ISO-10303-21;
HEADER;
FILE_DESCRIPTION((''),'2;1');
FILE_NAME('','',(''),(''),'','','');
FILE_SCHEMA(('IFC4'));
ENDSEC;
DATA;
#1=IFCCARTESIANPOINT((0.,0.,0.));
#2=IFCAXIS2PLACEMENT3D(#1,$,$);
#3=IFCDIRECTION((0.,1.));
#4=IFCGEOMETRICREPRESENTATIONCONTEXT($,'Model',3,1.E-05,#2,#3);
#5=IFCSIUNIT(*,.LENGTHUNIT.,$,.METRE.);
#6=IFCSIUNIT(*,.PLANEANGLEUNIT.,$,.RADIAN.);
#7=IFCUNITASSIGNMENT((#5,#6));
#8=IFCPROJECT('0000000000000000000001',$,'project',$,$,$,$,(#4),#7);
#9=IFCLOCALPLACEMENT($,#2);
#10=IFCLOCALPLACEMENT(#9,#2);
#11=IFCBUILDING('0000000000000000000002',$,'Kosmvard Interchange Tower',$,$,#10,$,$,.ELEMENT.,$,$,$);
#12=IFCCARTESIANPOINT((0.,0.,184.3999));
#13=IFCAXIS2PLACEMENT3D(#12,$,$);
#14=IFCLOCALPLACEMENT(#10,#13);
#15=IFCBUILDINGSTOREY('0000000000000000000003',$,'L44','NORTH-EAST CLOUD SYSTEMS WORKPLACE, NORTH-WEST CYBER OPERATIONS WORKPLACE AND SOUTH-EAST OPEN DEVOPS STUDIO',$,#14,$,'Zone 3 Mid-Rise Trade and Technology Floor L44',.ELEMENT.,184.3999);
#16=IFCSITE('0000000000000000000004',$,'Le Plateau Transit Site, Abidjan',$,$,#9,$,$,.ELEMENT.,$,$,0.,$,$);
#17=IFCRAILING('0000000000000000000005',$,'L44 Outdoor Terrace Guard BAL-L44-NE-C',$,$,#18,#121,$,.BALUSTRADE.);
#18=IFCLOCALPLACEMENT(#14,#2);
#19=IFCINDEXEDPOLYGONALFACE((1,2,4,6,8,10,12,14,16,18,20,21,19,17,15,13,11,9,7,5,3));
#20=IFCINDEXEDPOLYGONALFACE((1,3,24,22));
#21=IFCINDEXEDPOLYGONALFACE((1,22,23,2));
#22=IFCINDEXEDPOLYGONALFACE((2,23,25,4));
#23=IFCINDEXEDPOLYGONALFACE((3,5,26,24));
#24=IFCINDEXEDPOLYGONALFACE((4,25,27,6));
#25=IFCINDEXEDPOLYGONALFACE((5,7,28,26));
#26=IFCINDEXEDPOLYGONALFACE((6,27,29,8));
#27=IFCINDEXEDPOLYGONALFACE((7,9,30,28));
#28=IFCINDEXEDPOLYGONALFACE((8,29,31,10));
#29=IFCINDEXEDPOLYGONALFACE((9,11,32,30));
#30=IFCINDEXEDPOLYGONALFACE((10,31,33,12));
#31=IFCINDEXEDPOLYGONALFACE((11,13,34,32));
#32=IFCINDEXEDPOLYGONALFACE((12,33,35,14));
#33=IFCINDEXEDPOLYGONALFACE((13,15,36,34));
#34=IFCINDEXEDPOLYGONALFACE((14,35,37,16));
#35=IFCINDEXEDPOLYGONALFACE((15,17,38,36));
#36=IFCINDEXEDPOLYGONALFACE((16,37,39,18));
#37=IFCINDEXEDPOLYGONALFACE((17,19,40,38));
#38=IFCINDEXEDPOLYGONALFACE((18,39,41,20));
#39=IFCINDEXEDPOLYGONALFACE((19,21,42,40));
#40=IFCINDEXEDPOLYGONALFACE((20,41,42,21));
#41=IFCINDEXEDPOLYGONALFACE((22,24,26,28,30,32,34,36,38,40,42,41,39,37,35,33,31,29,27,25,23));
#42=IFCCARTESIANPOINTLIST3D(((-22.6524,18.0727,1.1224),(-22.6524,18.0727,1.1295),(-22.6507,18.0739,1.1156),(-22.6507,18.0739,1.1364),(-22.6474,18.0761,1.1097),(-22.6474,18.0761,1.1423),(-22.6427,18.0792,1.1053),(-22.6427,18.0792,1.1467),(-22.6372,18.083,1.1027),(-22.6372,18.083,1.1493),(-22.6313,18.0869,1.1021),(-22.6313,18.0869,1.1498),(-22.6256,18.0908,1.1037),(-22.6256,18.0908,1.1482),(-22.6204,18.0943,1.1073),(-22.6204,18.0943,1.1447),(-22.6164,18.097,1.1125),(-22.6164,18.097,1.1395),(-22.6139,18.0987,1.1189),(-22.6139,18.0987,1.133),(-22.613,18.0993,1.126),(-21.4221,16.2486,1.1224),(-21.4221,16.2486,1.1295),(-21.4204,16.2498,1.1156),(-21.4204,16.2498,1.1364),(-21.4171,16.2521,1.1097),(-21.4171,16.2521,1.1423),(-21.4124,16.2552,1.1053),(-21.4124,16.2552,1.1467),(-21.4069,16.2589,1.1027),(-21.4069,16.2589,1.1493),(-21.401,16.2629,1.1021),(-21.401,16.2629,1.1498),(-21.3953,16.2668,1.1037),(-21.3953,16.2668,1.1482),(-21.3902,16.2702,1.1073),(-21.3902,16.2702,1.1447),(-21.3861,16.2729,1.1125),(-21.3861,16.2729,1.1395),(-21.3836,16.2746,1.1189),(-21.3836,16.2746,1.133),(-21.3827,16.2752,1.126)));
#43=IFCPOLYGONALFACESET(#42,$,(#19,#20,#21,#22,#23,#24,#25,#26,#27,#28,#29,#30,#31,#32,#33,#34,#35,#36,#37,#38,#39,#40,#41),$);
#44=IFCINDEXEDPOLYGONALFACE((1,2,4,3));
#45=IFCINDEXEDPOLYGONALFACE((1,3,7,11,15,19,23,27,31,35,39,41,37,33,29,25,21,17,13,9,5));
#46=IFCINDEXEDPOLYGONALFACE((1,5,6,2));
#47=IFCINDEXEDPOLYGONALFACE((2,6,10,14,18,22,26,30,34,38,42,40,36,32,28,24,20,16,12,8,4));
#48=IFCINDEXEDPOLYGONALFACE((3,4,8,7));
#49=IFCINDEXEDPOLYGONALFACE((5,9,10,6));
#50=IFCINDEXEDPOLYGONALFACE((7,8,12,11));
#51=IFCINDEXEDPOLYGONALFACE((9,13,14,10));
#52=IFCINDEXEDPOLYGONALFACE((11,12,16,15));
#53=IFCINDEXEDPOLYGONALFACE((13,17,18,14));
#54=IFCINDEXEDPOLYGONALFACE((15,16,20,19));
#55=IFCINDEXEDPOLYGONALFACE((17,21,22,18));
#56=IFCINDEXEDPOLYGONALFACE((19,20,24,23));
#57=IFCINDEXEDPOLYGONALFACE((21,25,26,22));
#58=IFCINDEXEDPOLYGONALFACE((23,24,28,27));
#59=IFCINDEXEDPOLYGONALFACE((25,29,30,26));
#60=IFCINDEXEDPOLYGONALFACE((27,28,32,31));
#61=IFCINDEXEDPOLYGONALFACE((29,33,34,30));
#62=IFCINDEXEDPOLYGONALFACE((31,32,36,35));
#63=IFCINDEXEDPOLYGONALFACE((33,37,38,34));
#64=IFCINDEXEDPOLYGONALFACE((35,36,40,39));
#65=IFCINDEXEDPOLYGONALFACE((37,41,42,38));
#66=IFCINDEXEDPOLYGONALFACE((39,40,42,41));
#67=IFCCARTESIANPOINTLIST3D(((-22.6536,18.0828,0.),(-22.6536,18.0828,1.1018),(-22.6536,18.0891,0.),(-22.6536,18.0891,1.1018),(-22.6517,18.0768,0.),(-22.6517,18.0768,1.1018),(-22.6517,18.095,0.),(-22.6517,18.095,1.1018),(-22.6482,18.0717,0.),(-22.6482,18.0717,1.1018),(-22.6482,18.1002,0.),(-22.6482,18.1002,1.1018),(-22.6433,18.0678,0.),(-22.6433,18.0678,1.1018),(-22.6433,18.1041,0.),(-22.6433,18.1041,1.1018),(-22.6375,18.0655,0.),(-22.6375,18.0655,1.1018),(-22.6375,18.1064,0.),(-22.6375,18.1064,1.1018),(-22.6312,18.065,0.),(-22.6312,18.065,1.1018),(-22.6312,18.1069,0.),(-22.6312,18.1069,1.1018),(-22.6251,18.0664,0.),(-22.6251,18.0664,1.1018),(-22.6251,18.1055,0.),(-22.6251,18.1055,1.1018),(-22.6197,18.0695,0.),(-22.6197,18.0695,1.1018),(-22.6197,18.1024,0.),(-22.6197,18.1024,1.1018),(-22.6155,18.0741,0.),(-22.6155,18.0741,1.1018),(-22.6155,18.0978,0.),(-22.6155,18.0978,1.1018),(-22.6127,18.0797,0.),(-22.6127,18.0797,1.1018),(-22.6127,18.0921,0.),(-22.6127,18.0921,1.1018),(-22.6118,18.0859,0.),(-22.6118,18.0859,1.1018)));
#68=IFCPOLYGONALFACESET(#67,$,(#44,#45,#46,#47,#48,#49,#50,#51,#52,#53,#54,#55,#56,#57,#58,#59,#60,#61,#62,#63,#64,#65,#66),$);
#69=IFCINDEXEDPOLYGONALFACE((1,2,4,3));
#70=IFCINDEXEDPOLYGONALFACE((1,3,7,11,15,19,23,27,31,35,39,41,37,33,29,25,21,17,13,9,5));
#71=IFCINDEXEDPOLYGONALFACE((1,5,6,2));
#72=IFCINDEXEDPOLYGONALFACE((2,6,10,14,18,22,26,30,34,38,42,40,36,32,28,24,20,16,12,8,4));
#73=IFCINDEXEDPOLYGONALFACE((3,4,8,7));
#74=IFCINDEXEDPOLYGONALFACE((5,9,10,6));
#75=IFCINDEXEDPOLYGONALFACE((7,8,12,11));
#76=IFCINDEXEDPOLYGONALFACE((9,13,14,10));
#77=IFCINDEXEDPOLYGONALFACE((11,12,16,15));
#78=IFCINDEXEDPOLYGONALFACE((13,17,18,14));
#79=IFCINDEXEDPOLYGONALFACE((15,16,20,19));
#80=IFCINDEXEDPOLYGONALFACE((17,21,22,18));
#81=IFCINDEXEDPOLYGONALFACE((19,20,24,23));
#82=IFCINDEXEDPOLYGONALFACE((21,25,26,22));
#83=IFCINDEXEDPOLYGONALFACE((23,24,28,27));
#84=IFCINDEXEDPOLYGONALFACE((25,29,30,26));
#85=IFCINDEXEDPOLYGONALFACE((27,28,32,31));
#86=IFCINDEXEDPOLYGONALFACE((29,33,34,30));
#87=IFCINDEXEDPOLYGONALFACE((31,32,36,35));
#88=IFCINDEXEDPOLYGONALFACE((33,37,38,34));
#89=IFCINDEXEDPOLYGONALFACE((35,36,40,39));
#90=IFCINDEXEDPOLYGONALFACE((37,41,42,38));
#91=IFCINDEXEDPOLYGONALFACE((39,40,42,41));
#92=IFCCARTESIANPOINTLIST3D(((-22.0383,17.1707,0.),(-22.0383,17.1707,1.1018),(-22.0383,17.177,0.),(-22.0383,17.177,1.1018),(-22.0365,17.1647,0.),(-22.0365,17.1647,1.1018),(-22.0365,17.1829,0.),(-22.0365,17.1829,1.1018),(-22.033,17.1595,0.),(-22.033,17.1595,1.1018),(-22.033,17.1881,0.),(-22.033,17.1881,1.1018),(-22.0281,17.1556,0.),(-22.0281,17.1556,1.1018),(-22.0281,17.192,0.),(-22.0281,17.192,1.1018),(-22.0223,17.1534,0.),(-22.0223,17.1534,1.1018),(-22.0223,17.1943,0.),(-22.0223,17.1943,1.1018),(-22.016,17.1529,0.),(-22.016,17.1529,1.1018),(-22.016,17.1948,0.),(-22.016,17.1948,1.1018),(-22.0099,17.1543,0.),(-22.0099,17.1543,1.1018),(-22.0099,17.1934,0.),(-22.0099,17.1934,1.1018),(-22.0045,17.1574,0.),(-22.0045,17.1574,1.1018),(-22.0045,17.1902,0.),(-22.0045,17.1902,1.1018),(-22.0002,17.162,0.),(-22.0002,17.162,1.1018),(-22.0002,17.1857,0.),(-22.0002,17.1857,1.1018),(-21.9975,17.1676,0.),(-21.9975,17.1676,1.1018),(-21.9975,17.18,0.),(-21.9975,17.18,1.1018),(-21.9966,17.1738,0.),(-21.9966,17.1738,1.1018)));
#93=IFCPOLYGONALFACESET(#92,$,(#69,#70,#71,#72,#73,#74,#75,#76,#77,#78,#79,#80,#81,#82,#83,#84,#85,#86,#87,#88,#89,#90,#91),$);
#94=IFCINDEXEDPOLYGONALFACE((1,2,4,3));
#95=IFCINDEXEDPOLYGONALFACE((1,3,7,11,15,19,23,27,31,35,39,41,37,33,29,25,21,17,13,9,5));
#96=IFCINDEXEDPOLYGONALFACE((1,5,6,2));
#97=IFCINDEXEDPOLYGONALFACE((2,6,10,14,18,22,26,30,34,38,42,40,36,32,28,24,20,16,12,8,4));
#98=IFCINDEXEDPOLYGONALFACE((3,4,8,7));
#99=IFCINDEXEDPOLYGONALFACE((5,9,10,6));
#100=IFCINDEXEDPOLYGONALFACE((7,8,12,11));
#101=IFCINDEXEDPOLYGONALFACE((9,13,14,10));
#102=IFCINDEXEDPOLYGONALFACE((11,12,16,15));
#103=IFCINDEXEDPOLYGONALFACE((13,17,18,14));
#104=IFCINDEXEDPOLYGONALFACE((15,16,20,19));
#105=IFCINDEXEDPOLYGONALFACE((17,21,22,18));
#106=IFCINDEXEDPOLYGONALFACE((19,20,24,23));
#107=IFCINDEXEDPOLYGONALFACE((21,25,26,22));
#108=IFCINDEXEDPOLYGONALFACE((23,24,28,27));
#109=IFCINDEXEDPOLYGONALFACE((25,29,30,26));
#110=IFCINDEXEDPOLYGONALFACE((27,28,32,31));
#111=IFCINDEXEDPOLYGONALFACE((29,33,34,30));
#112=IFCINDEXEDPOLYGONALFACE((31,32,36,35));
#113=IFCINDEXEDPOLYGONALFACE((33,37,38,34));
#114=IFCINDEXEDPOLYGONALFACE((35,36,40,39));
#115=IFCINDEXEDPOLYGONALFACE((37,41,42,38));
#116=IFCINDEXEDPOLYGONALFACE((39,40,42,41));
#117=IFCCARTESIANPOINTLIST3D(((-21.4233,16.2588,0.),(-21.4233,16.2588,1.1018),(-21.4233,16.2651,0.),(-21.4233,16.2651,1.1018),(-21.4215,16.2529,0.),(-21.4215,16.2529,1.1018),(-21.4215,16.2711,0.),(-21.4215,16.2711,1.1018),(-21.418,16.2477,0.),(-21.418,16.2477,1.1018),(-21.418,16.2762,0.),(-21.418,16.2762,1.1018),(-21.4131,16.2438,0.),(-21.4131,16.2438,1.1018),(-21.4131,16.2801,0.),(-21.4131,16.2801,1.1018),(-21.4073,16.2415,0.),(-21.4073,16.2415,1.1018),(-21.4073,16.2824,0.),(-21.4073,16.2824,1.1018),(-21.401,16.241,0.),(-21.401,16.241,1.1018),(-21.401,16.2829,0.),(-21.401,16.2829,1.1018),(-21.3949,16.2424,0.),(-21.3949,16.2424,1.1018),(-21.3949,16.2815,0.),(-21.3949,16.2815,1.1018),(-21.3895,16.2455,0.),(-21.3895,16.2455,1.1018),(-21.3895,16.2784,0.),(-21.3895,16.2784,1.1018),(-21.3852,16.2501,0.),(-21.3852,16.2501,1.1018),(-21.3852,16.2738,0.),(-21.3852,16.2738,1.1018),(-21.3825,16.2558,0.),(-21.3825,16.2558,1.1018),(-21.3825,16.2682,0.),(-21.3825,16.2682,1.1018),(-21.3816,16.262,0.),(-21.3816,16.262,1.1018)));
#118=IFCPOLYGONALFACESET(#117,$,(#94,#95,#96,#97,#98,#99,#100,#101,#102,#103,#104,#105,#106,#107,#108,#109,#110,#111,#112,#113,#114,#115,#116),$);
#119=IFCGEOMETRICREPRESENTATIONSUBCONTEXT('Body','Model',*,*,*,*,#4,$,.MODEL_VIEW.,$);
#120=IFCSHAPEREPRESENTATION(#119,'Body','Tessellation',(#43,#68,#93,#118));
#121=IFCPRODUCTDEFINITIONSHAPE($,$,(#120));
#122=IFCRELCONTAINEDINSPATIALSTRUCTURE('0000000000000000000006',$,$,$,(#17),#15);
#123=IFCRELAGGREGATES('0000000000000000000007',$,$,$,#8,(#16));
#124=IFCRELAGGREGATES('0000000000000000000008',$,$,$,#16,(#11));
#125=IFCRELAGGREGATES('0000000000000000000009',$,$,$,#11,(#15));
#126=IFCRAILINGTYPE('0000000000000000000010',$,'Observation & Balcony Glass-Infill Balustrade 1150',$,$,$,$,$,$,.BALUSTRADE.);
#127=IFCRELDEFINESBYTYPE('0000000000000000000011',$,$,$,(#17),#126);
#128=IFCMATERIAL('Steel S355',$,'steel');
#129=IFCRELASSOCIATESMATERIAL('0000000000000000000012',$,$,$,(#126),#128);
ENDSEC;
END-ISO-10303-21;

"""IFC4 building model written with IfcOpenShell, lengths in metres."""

from ifc_helpers import new_model, si_unit, direction, frame, origin, origin_2d, place, context, subcontext, project, spatial, circle, extrude, source, transform, mapped, material, type_object, element, save


model = new_model("IFC4")

# Units and contexts
model_context = context("Model", 3, precision=1e-05, world=origin(), true_north=direction((0.0, 1.0)))
body_context = subcontext(model_context, "Body", "Model", "MODEL_VIEW")
ifc_project = project(units=[si_unit("LENGTHUNIT", "METRE"), si_unit("PLANEANGLEUNIT", "RADIAN")], contexts=[model_context])

# Site, building, storey
site_placement = place(None, origin())
site = spatial("IfcSite", under=ifc_project, at=site_placement, Name="Le Plateau Transit Site, Abidjan", CompositionType="ELEMENT", RefElevation=0.0)
building_placement = place(site_placement, origin())
building = spatial("IfcBuilding", under=site, at=building_placement, Name="Kosmvard Interchange Tower", CompositionType="ELEMENT")
storey_placement = place(building_placement, frame((0.0, 0.0, 184.3999)))
storey = spatial("IfcBuildingStorey", under=building, at=storey_placement, Name="L44", Description="NORTH-EAST CLOUD SYSTEMS WORKPLACE, NORTH-WEST CYBER OPERATIONS WORKPLACE AND SOUTH-EAST OPEN DEVOPS STUDIO", LongName="Zone 3 Mid-Rise Trade and Technology Floor L44", CompositionType="ELEMENT", Elevation=184.3999)

# Shared definitions
ifc_material_1 = material(Name="Steel S355", Category="steel")

# Railing
railing_type = type_object("IfcRailingType", Name="Observation & Balcony Glass-Infill Balustrade 1150", PredefinedType="BALUSTRADE", material=ifc_material_1)
shared_shape_1 = source(origin(), body_context, "Body", "SweptSolid", [
    extrude(circle(Radius=0.0239, at=origin_2d()), frame((0.0, 0.0, 1.126), z_axis=(0.559174, -0.829051, 0.0), x_axis=(0.829051, 0.559174, 0.0)), (0.0, 0.0, 1.0), 2.2002),
    extrude(circle(Radius=0.021, at=origin_2d()), origin(), (0.0, 0.0, 1.0), 1.1018),
    extrude(circle(Radius=0.021, at=origin_2d()), frame((0.6152, -0.9121, 0.0)), (0.0, 0.0, 1.0), 1.1018),
    extrude(circle(Radius=0.021, at=origin_2d()), frame((1.2302, -1.824, 0.0)), (0.0, 0.0, 1.0), 1.1018),
])
railing_1_placement = place(storey_placement, frame((-22.6328, 18.0859, 0.0)))
element("IfcRailing", 1, at=railing_1_placement, inside=storey, type_object=railing_type, Name="L44 Outdoor Terrace Guard BAL-L44-NE-C", PredefinedType="BALUSTRADE", context=body_context, shape_type="MappedRepresentation", body=[
    mapped(shared_shape_1, transform((0.0, 0.0, 0.0), scale=1.0)),
])

save(model, "model.ifc")
